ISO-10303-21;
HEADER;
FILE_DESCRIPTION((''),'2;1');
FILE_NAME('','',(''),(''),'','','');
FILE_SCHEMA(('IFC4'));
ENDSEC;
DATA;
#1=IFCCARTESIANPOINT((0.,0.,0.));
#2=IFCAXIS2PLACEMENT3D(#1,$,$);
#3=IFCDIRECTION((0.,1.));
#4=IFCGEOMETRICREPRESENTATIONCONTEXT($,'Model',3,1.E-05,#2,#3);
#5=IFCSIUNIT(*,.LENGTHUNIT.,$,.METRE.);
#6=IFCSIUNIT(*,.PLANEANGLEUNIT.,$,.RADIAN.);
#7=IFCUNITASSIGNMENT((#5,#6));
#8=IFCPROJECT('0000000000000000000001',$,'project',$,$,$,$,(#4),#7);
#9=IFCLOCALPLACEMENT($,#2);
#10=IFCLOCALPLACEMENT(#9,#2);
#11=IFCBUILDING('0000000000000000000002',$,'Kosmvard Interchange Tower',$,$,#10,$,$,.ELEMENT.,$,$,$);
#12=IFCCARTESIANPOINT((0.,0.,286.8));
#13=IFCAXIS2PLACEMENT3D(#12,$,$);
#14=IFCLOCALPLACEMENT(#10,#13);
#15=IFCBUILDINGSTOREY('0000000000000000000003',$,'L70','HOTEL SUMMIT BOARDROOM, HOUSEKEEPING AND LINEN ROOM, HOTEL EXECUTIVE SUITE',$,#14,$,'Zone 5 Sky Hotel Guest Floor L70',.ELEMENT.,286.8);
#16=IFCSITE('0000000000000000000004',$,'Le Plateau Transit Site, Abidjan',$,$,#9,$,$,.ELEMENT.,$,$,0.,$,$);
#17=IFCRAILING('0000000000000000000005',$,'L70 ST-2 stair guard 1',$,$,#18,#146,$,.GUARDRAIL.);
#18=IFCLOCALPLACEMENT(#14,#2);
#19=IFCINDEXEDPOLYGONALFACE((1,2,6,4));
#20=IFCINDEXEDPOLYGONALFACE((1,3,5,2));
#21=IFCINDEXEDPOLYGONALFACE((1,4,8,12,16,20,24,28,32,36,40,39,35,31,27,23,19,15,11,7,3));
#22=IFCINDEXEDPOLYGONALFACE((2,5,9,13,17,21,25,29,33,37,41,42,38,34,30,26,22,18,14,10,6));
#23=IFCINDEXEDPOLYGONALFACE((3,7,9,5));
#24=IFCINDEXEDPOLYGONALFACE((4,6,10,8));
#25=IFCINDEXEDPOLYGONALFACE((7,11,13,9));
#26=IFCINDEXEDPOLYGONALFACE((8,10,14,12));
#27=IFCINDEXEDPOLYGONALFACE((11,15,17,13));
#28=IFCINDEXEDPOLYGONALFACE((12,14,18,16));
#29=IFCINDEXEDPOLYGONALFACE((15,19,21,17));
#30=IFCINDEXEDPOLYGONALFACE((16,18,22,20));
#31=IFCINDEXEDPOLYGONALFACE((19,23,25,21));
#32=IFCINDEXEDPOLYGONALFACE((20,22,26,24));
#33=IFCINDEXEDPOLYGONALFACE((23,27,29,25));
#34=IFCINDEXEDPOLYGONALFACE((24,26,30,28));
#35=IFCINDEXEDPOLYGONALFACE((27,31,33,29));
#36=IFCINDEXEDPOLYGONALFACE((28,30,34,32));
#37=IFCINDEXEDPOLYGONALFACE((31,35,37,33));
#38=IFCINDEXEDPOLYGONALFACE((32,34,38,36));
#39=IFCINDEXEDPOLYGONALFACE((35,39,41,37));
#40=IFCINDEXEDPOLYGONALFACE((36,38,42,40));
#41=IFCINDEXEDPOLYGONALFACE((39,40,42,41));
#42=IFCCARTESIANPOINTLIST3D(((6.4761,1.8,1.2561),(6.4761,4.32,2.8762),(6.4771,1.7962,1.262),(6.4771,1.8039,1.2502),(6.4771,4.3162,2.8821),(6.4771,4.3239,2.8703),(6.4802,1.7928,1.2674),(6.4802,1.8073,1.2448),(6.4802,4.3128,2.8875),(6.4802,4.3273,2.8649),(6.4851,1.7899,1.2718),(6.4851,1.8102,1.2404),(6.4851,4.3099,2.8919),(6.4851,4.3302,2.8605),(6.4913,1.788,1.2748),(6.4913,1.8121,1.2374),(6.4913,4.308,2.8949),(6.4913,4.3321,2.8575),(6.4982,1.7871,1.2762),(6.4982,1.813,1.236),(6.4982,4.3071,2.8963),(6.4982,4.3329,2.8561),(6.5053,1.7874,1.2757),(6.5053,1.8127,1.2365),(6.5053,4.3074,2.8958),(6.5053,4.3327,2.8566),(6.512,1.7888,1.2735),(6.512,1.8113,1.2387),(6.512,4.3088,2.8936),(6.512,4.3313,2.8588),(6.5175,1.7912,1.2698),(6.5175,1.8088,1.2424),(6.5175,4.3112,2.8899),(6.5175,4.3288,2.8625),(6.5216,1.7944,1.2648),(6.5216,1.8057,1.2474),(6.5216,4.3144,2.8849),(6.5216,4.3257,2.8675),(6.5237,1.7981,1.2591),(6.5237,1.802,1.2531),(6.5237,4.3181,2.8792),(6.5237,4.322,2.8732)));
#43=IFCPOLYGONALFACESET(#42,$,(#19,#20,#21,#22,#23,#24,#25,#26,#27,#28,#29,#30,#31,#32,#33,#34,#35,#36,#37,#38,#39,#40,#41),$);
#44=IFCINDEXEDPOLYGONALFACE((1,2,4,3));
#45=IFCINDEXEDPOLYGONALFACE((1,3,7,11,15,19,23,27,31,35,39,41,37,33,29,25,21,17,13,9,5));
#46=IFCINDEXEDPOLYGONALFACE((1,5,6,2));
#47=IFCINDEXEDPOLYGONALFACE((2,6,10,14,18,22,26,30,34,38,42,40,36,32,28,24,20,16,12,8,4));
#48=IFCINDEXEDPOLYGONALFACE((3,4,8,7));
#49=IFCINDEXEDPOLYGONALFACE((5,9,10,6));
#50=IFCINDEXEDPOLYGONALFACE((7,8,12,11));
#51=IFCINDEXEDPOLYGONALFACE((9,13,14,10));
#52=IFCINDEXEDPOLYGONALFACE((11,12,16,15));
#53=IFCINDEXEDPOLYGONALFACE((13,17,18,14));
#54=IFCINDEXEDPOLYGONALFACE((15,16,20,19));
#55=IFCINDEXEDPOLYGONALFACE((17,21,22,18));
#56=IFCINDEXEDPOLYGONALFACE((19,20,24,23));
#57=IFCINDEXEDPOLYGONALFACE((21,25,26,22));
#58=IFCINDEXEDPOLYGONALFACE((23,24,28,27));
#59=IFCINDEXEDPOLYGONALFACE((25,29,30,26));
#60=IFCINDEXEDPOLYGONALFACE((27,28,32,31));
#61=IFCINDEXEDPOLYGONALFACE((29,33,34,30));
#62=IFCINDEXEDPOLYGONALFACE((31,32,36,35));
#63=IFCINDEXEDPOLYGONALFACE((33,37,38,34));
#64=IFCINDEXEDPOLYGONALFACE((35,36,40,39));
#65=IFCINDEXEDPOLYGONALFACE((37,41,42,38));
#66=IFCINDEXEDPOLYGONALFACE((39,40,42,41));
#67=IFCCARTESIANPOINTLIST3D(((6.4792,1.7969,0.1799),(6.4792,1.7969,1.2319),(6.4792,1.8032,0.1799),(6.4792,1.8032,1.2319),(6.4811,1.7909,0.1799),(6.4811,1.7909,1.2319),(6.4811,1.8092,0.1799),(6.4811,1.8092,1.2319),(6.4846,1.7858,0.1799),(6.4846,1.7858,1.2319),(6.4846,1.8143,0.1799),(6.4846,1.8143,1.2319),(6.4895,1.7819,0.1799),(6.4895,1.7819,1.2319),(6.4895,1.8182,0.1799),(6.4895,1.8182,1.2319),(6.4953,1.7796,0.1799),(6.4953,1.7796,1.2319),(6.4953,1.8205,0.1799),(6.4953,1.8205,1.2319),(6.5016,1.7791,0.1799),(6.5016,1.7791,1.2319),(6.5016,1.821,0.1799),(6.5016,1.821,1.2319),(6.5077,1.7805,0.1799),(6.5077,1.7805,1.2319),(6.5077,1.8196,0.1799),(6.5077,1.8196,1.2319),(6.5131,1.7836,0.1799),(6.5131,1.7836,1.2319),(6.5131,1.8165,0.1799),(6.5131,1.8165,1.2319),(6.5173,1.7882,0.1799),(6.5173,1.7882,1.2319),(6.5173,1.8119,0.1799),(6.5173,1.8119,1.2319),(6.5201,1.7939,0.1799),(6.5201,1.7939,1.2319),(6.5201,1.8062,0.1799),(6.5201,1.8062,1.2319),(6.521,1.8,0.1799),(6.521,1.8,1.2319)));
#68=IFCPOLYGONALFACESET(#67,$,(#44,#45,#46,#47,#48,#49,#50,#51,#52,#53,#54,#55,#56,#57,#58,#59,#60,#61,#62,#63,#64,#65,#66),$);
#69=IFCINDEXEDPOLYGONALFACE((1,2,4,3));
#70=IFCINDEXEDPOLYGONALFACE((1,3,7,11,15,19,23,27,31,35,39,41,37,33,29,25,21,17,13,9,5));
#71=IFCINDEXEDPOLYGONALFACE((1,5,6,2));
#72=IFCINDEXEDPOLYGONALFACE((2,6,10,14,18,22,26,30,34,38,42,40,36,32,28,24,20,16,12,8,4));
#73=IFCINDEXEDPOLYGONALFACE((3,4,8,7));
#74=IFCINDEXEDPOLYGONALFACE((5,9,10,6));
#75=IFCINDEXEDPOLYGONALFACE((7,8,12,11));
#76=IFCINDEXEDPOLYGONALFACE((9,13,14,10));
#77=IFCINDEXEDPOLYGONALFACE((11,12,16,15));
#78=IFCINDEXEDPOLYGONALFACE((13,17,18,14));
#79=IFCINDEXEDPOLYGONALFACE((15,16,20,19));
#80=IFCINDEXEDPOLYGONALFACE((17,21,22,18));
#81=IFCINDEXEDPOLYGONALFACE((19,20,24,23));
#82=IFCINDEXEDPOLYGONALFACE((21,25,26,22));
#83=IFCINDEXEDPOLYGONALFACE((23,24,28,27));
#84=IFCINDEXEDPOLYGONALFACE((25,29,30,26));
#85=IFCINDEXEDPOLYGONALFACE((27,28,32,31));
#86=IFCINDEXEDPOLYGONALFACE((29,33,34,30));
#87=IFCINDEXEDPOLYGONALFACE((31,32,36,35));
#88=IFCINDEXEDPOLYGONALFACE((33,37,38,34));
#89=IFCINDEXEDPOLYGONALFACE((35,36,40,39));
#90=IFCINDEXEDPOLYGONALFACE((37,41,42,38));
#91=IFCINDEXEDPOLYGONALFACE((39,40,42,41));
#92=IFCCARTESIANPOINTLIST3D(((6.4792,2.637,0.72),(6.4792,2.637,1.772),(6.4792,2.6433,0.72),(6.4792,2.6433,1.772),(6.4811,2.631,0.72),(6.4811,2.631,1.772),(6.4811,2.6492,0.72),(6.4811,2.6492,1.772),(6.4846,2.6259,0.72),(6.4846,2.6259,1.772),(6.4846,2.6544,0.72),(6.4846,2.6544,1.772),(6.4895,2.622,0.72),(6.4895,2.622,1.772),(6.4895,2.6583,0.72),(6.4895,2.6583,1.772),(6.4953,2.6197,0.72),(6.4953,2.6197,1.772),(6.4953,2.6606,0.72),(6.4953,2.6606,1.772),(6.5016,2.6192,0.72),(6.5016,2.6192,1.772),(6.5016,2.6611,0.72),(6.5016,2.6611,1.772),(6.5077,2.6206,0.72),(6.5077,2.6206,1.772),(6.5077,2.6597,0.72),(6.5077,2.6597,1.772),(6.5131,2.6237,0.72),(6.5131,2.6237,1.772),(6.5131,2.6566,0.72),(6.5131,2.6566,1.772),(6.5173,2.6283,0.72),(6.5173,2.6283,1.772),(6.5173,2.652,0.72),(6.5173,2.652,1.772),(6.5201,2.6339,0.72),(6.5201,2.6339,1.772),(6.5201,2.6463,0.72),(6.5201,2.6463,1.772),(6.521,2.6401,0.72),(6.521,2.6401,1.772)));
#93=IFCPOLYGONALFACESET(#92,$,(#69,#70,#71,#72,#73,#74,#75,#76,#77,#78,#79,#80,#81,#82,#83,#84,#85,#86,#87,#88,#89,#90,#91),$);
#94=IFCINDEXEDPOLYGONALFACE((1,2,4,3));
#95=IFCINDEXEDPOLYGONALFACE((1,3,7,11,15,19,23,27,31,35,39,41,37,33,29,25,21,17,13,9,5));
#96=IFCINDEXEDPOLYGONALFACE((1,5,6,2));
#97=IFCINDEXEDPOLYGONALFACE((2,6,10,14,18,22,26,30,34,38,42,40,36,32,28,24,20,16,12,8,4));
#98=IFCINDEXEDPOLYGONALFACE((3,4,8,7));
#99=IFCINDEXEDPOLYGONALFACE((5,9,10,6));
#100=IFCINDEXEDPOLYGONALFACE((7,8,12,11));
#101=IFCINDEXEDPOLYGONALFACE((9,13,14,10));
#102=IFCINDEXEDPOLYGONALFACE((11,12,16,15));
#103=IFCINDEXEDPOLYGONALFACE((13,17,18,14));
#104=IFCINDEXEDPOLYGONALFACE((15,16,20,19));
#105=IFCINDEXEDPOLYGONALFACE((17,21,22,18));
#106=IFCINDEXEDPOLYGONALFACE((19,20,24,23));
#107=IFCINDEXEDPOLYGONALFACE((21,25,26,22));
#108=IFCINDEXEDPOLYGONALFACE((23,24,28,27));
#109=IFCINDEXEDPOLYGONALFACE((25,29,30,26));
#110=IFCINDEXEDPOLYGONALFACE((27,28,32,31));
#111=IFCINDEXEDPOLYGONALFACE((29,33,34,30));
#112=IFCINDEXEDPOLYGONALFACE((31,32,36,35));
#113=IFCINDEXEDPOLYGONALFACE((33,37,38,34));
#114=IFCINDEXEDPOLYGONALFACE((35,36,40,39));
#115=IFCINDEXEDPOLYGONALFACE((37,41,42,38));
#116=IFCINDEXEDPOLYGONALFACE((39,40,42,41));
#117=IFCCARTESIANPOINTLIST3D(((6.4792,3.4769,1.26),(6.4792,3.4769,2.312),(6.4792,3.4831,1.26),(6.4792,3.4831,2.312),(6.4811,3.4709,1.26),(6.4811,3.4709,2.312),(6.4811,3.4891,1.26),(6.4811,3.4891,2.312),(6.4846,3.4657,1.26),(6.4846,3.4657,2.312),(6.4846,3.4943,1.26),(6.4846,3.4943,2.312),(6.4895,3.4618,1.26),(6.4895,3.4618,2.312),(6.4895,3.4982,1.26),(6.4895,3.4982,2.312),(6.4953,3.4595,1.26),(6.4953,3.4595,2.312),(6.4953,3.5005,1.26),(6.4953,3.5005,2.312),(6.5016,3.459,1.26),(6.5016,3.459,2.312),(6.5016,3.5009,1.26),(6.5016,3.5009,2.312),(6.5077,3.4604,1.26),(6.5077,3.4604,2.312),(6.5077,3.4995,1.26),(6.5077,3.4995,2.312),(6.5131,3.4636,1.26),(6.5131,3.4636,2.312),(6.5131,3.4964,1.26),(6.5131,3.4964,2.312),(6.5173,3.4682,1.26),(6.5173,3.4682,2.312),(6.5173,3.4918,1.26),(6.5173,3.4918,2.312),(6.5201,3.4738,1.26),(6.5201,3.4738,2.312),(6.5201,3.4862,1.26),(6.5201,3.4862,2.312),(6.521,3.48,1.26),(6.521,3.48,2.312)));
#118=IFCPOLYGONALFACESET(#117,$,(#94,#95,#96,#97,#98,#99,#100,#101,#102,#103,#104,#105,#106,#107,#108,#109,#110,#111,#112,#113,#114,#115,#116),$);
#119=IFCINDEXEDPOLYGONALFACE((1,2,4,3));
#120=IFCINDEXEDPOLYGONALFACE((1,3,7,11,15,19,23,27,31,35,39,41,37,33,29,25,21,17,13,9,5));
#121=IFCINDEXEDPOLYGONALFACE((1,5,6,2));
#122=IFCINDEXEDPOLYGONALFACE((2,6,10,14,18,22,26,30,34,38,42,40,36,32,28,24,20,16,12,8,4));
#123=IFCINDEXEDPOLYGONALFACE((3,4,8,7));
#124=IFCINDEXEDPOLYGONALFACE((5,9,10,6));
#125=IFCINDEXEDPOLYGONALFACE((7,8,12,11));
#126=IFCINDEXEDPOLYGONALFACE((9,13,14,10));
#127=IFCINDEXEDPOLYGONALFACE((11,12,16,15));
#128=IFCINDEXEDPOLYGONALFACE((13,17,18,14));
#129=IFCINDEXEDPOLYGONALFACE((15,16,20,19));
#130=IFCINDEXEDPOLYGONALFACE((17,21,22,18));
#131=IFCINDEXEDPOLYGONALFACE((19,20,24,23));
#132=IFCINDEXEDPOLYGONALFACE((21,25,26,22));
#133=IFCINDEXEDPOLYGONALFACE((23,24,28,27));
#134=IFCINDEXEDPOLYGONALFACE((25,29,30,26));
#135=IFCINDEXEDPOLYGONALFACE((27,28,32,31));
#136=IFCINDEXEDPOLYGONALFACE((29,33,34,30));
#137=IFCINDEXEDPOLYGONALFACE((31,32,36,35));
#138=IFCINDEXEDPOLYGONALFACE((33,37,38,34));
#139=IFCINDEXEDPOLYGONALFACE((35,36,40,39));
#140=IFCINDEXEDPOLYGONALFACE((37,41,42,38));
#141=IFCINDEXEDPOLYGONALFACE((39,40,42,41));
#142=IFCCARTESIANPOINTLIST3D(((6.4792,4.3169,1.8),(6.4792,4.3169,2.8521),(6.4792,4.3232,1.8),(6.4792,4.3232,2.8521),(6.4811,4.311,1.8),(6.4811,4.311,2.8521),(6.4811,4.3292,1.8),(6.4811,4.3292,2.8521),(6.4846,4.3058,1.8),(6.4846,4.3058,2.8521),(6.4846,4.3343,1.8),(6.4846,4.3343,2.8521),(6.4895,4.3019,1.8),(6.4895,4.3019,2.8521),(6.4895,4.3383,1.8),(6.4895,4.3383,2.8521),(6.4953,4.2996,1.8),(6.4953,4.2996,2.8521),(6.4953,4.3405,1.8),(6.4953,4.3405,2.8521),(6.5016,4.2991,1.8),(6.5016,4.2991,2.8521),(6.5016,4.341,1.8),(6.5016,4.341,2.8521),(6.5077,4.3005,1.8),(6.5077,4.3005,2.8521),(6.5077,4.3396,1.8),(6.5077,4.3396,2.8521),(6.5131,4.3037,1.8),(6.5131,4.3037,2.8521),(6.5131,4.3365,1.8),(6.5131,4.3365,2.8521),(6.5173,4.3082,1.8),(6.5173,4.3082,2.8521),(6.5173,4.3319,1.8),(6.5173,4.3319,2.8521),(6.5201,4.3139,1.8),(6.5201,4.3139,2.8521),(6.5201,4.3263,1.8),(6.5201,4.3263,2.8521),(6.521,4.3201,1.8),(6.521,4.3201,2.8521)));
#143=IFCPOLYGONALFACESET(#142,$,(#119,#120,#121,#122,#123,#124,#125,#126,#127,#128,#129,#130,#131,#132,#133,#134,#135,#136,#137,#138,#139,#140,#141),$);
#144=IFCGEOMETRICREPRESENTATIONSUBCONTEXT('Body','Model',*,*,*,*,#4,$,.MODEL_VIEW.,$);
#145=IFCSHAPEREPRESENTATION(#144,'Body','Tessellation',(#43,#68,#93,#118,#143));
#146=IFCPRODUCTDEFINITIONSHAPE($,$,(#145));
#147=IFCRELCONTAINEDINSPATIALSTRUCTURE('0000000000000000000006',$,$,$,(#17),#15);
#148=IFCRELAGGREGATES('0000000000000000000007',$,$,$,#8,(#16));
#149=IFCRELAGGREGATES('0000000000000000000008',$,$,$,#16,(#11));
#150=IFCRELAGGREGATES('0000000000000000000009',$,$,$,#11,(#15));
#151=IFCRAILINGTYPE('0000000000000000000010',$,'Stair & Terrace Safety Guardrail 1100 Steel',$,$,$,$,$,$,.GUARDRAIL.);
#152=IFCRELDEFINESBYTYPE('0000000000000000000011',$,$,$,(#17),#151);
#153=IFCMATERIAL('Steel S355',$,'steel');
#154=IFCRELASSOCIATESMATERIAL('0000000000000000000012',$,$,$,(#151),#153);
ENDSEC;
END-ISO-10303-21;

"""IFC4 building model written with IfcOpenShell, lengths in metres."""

from ifc_helpers import new_model, si_unit, direction, frame, origin, origin_2d, place, context, subcontext, project, spatial, circle, extrude, source, transform, mapped, material, type_object, element, save


model = new_model("IFC4")

# Units and contexts
model_context = context("Model", 3, precision=1e-05, world=origin(), true_north=direction((0.0, 1.0)))
body_context = subcontext(model_context, "Body", "Model", "MODEL_VIEW")
ifc_project = project(units=[si_unit("LENGTHUNIT", "METRE"), si_unit("PLANEANGLEUNIT", "RADIAN")], contexts=[model_context])

# Site, building, storey
site_placement = place(None, origin())
site = spatial("IfcSite", under=ifc_project, at=site_placement, Name="Le Plateau Transit Site, Abidjan", CompositionType="ELEMENT", RefElevation=0.0)
building_placement = place(site_placement, origin())
building = spatial("IfcBuilding", under=site, at=building_placement, Name="Kosmvard Interchange Tower", CompositionType="ELEMENT")
storey_placement = place(building_placement, frame((0.0, 0.0, 286.8)))
storey = spatial("IfcBuildingStorey", under=building, at=storey_placement, Name="L70", Description="HOTEL SUMMIT BOARDROOM, HOUSEKEEPING AND LINEN ROOM, HOTEL EXECUTIVE SUITE", LongName="Zone 5 Sky Hotel Guest Floor L70", CompositionType="ELEMENT", Elevation=286.8)

# Shared definitions
ifc_material_1 = material(Name="Steel S355", Category="steel")

# Railing
railing_type_1 = type_object("IfcRailingType", Name="Stair & Terrace Safety Guardrail 1100 Steel", PredefinedType="GUARDRAIL", material=ifc_material_1)
shared_shape_1 = source(origin(), body_context, "Body", "SweptSolid", [
    extrude(circle(Radius=0.0239, at=origin_2d()), frame((0.0, 0.0, 1.0762), z_axis=(0.0, 0.841163, 0.540782), x_axis=(-1.0, 0.0, 0.0)), (0.0, 0.0, 1.0), 2.9958),
    extrude(circle(Radius=0.021, at=origin_2d()), origin(), (0.0, 0.0, 1.0), 1.052),
    extrude(circle(Radius=0.021, at=origin_2d()), frame((0.0, 0.8401, 0.54)), (0.0, 0.0, 1.0), 1.052),
    extrude(circle(Radius=0.021, at=origin_2d()), frame((0.0, 1.6799, 1.0801)), (0.0, 0.0, 1.0), 1.052),
    extrude(circle(Radius=0.021, at=origin_2d()), frame((0.0, 2.52, 1.6201)), (0.0, 0.0, 1.0), 1.052),
])
railing_1_placement = place(storey_placement, frame((6.5, 1.8, 0.1799)))
element("IfcRailing", 1, at=railing_1_placement, inside=storey, type_object=railing_type_1, Name="L70 ST-2 stair guard 1", PredefinedType="GUARDRAIL", context=body_context, shape_type="MappedRepresentation", body=[
    mapped(shared_shape_1, transform((0.0, 0.0, 0.0), scale=1.0)),
])

save(model, "model.ifc")
